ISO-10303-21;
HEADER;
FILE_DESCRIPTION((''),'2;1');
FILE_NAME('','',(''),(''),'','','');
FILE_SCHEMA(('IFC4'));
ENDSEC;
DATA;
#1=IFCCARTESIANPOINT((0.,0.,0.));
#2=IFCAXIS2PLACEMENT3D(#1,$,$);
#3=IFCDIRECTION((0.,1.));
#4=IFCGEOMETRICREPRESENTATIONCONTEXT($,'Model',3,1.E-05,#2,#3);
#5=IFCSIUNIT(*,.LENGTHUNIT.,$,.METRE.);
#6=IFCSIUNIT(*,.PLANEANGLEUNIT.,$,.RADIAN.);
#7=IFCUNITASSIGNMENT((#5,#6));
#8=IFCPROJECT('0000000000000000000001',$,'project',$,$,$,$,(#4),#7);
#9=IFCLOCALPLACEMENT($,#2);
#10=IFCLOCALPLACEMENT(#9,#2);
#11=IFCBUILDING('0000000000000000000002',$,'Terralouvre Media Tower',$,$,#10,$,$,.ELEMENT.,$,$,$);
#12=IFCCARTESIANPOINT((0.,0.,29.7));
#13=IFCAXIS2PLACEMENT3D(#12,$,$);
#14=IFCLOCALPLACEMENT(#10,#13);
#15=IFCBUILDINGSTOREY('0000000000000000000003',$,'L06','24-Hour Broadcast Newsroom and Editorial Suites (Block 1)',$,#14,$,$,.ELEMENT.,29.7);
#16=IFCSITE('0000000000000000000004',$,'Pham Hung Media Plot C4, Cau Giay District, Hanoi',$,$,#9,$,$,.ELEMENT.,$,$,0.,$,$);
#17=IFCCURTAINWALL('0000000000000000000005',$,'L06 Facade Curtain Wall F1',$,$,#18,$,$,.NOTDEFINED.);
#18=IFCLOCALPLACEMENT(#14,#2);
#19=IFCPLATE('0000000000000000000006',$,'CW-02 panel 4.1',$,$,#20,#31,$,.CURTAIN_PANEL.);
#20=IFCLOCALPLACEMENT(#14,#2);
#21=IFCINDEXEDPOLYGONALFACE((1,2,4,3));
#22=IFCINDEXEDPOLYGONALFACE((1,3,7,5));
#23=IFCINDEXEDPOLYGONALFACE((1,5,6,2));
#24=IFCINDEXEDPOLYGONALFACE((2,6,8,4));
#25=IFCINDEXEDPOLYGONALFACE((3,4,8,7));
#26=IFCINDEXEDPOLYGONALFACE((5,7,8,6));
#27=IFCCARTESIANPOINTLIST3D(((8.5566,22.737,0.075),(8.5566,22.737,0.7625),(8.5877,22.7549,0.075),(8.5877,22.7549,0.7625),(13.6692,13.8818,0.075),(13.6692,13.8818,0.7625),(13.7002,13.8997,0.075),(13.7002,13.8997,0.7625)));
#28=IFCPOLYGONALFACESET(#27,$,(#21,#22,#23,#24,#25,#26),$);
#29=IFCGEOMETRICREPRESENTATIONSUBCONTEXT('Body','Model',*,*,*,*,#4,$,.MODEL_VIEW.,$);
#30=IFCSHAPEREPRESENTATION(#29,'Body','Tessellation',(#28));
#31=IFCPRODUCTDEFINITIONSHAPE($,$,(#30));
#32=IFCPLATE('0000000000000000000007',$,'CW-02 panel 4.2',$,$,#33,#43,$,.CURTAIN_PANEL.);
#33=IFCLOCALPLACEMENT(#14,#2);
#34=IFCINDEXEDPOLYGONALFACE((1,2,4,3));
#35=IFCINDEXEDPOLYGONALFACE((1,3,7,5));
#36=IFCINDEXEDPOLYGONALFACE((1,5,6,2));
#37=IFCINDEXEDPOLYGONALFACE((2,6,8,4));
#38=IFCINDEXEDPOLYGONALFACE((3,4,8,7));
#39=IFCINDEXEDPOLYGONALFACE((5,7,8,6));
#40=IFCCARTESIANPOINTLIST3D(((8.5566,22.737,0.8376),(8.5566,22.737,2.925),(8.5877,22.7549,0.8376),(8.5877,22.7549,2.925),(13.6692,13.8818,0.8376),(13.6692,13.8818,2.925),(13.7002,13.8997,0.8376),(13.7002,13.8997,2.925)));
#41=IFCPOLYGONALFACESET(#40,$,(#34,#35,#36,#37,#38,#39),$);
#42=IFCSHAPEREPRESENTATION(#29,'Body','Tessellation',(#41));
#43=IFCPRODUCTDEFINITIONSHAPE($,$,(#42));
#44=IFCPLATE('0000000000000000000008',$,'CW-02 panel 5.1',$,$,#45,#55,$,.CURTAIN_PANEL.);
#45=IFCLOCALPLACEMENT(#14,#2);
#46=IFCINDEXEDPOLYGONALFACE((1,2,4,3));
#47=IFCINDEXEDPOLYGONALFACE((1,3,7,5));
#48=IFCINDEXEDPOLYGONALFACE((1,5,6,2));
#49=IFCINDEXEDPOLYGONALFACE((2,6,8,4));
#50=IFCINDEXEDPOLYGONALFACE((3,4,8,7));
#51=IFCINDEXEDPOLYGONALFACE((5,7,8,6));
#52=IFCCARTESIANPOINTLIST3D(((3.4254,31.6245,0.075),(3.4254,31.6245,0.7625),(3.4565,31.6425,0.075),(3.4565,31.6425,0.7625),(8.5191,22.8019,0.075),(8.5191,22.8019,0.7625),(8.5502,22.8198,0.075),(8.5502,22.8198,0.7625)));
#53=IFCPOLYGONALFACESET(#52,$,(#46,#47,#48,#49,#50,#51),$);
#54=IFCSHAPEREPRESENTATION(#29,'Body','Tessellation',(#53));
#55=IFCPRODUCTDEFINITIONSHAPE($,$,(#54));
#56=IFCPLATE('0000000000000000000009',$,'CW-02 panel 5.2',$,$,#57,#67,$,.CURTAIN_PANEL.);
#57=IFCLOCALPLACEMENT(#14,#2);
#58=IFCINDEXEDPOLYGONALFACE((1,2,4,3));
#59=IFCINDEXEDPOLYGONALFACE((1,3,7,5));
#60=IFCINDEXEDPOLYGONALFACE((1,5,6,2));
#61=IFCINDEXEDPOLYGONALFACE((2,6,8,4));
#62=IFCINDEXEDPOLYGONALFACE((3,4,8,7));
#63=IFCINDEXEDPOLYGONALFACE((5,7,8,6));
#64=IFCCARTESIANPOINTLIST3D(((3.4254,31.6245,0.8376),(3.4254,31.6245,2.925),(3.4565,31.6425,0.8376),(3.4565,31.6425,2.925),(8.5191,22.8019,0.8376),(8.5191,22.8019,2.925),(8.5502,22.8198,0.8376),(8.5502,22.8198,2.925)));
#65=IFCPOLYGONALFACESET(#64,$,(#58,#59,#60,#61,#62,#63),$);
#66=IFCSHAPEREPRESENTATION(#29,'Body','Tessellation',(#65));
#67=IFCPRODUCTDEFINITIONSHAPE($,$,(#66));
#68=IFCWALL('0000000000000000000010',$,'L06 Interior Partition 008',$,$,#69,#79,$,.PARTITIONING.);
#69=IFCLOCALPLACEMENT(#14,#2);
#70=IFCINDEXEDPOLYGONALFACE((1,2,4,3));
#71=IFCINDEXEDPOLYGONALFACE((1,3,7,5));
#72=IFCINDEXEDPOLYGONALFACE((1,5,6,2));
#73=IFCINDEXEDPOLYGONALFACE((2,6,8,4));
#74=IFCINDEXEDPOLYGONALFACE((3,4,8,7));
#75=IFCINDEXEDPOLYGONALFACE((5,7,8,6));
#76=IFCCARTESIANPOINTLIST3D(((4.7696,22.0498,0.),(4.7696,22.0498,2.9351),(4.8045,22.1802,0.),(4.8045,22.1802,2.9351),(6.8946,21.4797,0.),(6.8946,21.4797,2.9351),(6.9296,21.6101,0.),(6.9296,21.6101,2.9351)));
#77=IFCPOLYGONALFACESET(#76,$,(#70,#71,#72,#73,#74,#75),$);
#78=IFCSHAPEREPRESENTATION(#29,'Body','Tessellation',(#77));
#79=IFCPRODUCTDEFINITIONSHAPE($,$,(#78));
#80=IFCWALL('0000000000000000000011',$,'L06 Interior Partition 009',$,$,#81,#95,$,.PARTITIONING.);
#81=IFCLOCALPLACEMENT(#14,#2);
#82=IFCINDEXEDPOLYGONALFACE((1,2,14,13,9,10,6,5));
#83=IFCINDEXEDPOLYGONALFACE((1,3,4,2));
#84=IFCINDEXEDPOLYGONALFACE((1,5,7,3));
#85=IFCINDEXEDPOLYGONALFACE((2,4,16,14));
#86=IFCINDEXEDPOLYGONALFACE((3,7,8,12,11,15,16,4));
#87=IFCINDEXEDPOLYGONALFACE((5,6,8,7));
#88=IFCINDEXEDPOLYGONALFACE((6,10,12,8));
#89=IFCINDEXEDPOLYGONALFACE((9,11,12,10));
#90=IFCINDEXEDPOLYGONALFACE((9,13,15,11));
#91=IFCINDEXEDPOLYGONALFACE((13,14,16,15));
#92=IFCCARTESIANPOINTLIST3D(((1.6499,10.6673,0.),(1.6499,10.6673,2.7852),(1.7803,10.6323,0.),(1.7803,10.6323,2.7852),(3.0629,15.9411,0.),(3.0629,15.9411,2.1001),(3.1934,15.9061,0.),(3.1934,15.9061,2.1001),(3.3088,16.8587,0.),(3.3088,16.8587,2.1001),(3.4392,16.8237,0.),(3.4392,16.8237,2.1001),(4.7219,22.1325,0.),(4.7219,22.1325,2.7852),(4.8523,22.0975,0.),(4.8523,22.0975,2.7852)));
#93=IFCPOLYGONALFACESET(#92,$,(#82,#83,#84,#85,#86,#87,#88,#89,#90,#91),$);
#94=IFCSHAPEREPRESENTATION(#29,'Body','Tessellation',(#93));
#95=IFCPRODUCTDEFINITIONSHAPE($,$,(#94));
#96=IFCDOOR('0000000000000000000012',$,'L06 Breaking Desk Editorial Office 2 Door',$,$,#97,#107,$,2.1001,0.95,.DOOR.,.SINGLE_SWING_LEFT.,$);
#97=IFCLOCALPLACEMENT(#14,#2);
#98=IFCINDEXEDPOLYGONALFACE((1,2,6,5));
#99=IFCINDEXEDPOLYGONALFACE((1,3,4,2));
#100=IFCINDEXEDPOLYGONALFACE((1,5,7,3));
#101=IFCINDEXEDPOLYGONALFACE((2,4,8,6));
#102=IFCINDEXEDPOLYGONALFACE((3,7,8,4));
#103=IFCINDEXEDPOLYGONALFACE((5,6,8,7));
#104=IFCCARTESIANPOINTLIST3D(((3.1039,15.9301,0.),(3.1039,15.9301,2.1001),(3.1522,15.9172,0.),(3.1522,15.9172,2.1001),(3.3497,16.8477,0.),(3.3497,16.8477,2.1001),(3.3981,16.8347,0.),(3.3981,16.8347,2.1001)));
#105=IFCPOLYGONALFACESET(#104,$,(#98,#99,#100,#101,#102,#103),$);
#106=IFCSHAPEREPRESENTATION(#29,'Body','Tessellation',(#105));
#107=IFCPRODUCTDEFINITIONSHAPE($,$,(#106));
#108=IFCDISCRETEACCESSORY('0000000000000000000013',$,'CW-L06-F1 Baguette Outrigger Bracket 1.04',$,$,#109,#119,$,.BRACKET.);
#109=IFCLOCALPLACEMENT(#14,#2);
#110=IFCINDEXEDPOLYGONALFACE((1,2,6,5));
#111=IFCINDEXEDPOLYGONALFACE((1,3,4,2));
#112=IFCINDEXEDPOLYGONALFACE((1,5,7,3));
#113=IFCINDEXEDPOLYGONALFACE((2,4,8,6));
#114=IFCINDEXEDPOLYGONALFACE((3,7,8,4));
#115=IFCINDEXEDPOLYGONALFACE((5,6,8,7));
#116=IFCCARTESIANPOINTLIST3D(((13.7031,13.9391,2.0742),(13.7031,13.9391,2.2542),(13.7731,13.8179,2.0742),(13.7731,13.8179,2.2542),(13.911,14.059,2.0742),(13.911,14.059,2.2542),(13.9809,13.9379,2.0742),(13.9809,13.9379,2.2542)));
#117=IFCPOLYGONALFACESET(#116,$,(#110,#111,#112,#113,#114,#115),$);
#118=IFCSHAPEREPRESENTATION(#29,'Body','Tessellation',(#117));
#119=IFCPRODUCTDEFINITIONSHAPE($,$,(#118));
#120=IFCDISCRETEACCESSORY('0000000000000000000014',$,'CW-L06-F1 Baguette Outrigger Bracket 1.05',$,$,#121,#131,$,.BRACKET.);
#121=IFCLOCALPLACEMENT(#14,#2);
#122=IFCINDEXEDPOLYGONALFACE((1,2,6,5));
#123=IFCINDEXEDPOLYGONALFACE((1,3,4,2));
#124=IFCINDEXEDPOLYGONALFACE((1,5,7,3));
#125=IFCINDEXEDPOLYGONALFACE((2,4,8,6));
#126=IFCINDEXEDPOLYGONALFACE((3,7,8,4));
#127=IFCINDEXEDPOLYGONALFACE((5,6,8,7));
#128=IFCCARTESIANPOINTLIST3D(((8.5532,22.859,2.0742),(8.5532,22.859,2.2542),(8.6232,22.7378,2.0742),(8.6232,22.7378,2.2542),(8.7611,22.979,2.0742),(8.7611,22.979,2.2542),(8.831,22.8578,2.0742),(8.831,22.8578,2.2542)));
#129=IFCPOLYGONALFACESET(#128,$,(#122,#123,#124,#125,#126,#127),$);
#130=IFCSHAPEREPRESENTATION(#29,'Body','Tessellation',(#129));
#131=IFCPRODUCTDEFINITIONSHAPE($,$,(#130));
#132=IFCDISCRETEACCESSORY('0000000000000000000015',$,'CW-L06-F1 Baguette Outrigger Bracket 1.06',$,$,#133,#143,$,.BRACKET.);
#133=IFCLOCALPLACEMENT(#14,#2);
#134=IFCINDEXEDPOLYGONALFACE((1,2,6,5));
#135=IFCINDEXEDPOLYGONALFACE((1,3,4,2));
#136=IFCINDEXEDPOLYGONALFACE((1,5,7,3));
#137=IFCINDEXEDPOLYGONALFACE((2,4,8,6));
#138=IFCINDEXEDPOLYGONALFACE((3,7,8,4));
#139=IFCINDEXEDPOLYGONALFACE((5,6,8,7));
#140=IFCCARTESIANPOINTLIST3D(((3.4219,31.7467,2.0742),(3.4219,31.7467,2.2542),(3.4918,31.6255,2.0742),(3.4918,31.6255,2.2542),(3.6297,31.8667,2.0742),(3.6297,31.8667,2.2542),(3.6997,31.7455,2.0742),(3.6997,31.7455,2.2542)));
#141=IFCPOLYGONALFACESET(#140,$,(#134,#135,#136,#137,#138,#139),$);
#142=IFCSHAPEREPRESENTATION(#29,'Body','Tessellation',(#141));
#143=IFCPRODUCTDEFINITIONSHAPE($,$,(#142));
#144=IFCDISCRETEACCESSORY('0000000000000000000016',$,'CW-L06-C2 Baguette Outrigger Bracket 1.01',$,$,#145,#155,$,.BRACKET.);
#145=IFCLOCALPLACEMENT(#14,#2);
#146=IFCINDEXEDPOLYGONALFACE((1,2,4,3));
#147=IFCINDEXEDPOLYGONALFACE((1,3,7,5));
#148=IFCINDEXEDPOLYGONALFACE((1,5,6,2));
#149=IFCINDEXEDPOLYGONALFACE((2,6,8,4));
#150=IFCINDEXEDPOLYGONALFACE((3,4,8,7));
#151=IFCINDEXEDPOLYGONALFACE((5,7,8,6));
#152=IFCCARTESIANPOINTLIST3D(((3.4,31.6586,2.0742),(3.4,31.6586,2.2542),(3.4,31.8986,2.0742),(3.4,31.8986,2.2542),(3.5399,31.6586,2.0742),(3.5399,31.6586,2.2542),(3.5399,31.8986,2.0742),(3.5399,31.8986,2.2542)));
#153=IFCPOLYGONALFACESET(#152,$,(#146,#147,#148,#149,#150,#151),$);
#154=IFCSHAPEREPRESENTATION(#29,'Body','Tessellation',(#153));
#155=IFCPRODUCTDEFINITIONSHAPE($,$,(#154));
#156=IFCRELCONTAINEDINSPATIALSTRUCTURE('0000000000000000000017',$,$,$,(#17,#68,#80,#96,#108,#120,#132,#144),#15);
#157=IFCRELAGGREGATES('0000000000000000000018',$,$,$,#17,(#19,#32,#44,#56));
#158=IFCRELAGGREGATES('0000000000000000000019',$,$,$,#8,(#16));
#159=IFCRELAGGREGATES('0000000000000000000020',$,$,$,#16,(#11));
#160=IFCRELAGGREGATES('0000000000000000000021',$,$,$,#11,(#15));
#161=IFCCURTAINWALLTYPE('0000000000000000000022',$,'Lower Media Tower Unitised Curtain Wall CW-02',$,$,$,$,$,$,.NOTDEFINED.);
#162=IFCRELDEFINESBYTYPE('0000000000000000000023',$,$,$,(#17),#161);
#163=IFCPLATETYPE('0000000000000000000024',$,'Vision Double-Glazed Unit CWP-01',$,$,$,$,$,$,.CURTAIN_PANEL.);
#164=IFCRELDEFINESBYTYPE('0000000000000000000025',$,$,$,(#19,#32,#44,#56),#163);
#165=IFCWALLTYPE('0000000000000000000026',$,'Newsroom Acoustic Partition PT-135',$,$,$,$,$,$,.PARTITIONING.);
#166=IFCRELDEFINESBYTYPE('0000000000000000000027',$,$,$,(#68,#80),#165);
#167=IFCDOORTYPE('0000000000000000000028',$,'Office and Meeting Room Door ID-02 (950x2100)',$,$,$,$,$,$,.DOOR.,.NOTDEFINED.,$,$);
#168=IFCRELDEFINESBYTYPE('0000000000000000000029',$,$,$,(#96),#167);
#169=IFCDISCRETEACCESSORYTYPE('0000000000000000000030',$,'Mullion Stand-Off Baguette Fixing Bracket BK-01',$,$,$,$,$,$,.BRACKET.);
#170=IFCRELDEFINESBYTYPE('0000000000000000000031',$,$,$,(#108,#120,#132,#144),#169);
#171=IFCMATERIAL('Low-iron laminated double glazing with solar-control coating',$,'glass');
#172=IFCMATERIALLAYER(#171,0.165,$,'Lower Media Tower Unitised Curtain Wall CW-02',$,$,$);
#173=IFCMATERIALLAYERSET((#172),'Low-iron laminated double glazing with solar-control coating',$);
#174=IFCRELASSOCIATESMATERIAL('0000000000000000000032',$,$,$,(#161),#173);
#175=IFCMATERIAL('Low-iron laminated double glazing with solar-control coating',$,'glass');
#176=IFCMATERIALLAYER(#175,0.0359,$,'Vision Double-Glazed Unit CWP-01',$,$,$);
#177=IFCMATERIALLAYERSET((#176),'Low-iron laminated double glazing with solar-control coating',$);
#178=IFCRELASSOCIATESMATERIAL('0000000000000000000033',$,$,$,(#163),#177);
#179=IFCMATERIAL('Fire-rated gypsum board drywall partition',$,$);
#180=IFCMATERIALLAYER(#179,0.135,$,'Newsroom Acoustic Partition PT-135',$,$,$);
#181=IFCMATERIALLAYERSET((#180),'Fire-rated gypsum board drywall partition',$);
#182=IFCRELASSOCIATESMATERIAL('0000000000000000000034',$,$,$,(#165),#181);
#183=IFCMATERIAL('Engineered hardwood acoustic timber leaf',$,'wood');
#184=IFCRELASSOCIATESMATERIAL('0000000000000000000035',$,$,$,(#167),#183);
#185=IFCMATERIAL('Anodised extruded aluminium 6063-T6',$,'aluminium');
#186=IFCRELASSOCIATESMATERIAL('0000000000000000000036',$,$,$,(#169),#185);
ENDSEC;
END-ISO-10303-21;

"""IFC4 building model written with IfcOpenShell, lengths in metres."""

from ifc_helpers import new_model, si_unit, direction, frame, frame_2d, origin, origin_2d, place, context, subcontext, project, spatial, rectangle, extrude, material, layer, layer_set, type_object, element, fill, aggregate, save


model = new_model("IFC4")

# Units and contexts
model_context = context("Model", 3, precision=1e-05, world=origin(), true_north=direction((0.0, 1.0)))
body_context = subcontext(model_context, "Body", "Model", "MODEL_VIEW")
ifc_project = project(units=[si_unit("LENGTHUNIT", "METRE"), si_unit("PLANEANGLEUNIT", "RADIAN")], contexts=[model_context])

# Site, building, storey
site_placement = place(None, origin())
site = spatial("IfcSite", under=ifc_project, at=site_placement, Name="Pham Hung Media Plot C4, Cau Giay District, Hanoi", CompositionType="ELEMENT", RefElevation=0.0)
building_placement = place(site_placement, origin())
building = spatial("IfcBuilding", under=site, at=building_placement, Name="Terralouvre Media Tower", CompositionType="ELEMENT")
storey_placement = place(building_placement, frame((0.0, 0.0, 29.7)))
storey = spatial("IfcBuildingStorey", under=building, at=storey_placement, Name="L06", Description="24-Hour Broadcast Newsroom and Editorial Suites (Block 1)", CompositionType="ELEMENT", Elevation=29.7)

# Curtain wall
ifc_material_1 = material(Name="Low-iron laminated double glazing with solar-control coating", Category="glass")
ifc_layer_1 = layer(ifc_material_1, 0.165, Name="Lower Media Tower Unitised Curtain Wall CW-02")
ifc_layer_set_1 = layer_set([ifc_layer_1], Name="Low-iron laminated double glazing with solar-control coating")
curtain_wall_type_1 = type_object("IfcCurtainWallType", Name="Lower Media Tower Unitised Curtain Wall CW-02", PredefinedType="NOTDEFINED", material=ifc_layer_set_1)
curtain_wall_1_placement = place(storey_placement, origin())
curtain_wall_1 = element("IfcCurtainWall", 1, at=curtain_wall_1_placement, inside=storey, type_object=curtain_wall_type_1, Name="L06 Facade Curtain Wall F1", PredefinedType="NOTDEFINED")

# Plates
ifc_material_2 = material(Name="Low-iron laminated double glazing with solar-control coating", Category="glass")
ifc_layer_2 = layer(ifc_material_2, 0.0359, Name="Vision Double-Glazed Unit CWP-01")
ifc_layer_set_2 = layer_set([ifc_layer_2], Name="Low-iron laminated double glazing with solar-control coating")
plate_type = type_object("IfcPlateType", Name="Vision Double-Glazed Unit CWP-01", PredefinedType="CURTAIN_PANEL", material=ifc_layer_set_2)
plate_1_placement = place(storey_placement, frame((11.1284, 18.3184, 0.075), z_axis=(0.0, 0.0, 1.0), x_axis=(-0.5, 0.866025, 0.0)))
plate_1 = element("IfcPlate", 2, at=plate_1_placement, type_object=plate_type, Name="CW-02 panel 4.1", PredefinedType="CURTAIN_PANEL", context=body_context, shape_type="SweptSolid", body=[
    extrude(rectangle(XDim=10.2251, YDim=0.0359, at=origin_2d()), origin(), (0.0, 0.0, 1.0), 0.6875),
])
plate_2_placement = place(storey_placement, frame((11.1284, 18.3184, 0.8376), z_axis=(0.0, 0.0, 1.0), x_axis=(-0.5, 0.866025, 0.0)))
plate_2 = element("IfcPlate", 3, at=plate_2_placement, type_object=plate_type, Name="CW-02 panel 4.2", PredefinedType="CURTAIN_PANEL", context=body_context, shape_type="SweptSolid", body=[
    extrude(rectangle(XDim=10.2251, YDim=0.0359, at=origin_2d()), origin(), (0.0, 0.0, 1.0), 2.0874),
])
plate_3_placement = place(storey_placement, frame((5.9878, 27.2222, 0.075), z_axis=(0.0, 0.0, 1.0), x_axis=(-0.5, 0.866025, 0.0)))
plate_3 = element("IfcPlate", 4, at=plate_3_placement, type_object=plate_type, Name="CW-02 panel 5.1", PredefinedType="CURTAIN_PANEL", context=body_context, shape_type="SweptSolid", body=[
    extrude(rectangle(XDim=10.1875, YDim=0.0359, at=origin_2d()), origin(), (0.0, 0.0, 1.0), 0.6875),
])
plate_4_placement = place(storey_placement, frame((5.9878, 27.2222, 0.8376), z_axis=(0.0, 0.0, 1.0), x_axis=(-0.5, 0.866025, 0.0)))
plate_4 = element("IfcPlate", 5, at=plate_4_placement, type_object=plate_type, Name="CW-02 panel 5.2", PredefinedType="CURTAIN_PANEL", context=body_context, shape_type="SweptSolid", body=[
    extrude(rectangle(XDim=10.1875, YDim=0.0359, at=origin_2d()), origin(), (0.0, 0.0, 1.0), 2.0874),
])
aggregate(curtain_wall_1, [plate_1, plate_2, plate_3, plate_4])

# Wall
ifc_material_3 = material(Name="Fire-rated gypsum board drywall partition")
ifc_layer_3 = layer(ifc_material_3, 0.135, Name="Newsroom Acoustic Partition PT-135")
ifc_layer_set_3 = layer_set([ifc_layer_3], Name="Fire-rated gypsum board drywall partition")
wall_type = type_object("IfcWallType", Name="Newsroom Acoustic Partition PT-135", PredefinedType="PARTITIONING", material=ifc_layer_set_3)
wall_1_placement = place(storey_placement, frame((6.9121, 21.5449, 0.0), z_axis=(0.0, 0.0, 1.0), x_axis=(-0.965849, 0.259106, 0.0)))
element("IfcWall", 6, at=wall_1_placement, inside=storey, type_object=wall_type, Name="L06 Interior Partition 008", PredefinedType="PARTITIONING", context=body_context, shape_type="SweptSolid", body=[
    extrude(rectangle(XDim=2.2002, YDim=0.135, at=frame_2d((1.1001, 0.0))), origin(), (0.0, 0.0, 1.0), 2.9351),
])

# Wall, opening, door
wall_2_placement = place(storey_placement, frame((4.7871, 22.115, 0.0), z_axis=(0.0, 0.0, 1.0), x_axis=(-0.258816, -0.965927, 0.0)))
wall_2 = element("IfcWall", 7, at=wall_2_placement, inside=storey, type_object=wall_type, Name="L06 Interior Partition 009", PredefinedType="PARTITIONING", context=body_context, shape_type="SweptSolid", body=[
    extrude(rectangle(XDim=11.8696, YDim=0.135, at=frame_2d((5.9348, 0.0))), origin(), (0.0, 0.0, 1.0), 2.7852),
])
opening_placement = place(wall_2_placement, frame((5.4597, 0.0, 0.0)))
opening = element("IfcOpeningElement", 8, at=opening_placement, cuts=wall_2, PredefinedType="OPENING", context=body_context, shape_type="SweptSolid", body=[
    extrude(rectangle(XDim=0.95, YDim=2.1001, at=frame_2d((0.4751, 1.05))), frame((0.0, 0.0774, 0.0), z_axis=(0.0, -1.0, 0.0), x_axis=(1.0, 0.0, 0.0)), (0.0, 0.0, 1.0), 0.155),
])
ifc_material_4 = material(Name="Engineered hardwood acoustic timber leaf", Category="wood")
door_type = type_object("IfcDoorType", Name="Office and Meeting Room Door ID-02 (950x2100)", OperationType="NOTDEFINED", PredefinedType="DOOR", material=ifc_material_4)
door_placement = place(opening_placement, origin())
door = element("IfcDoor", 9, at=door_placement, inside=storey, type_object=door_type, Name="L06 Breaking Desk Editorial Office 2 Door", OperationType="SINGLE_SWING_LEFT", OverallHeight=2.1001, OverallWidth=0.95, PredefinedType="DOOR", context=body_context, shape_type="SweptSolid", body=[
    extrude(rectangle(XDim=0.95, YDim=2.1001, at=frame_2d((0.4751, 1.05))), frame((0.0, 0.0249, 0.0), z_axis=(0.0, -1.0, 0.0), x_axis=(1.0, 0.0, 0.0)), (0.0, 0.0, 1.0), 0.05),
])
fill(opening, door)

# Discrete accessories
ifc_material_5 = material(Name="Anodised extruded aluminium 6063-T6", Category="aluminium")
discrete_accessory_type = type_object("IfcDiscreteAccessoryType", Name="Mullion Stand-Off Baguette Fixing Bracket BK-01", PredefinedType="BRACKET", material=ifc_material_5)
for number, where, z_axis, x_axis, name in (
    (10, (13.842, 13.9385, 2.0742), (0.0, 0.0, 1.0), (-0.5, 0.866025, 0.0), "CW-L06-F1 Baguette Outrigger Bracket 1.04"),
    (11, (8.6921, 22.8584, 2.0742), (0.0, 0.0, 1.0), (-0.5, 0.866025, 0.0), "CW-L06-F1 Baguette Outrigger Bracket 1.05"),
    (12, (3.5608, 31.7461, 2.0742), (0.0, 0.0, 1.0), (-0.5, 0.866025, 0.0), "CW-L06-F1 Baguette Outrigger Bracket 1.06"),
    (13, (3.47, 31.7786, 2.0742), (0.0, 0.0, 1.0), (-1.0, 0.0, 0.0), "CW-L06-C2 Baguette Outrigger Bracket 1.01"),
):
    element("IfcDiscreteAccessory", number, at=place(storey_placement, frame(where, z_axis=z_axis, x_axis=x_axis)), inside=storey, type_object=discrete_accessory_type, Name=name, PredefinedType="BRACKET", context=body_context, shape_type="SweptSolid", body=[
        extrude(rectangle(XDim=0.1399, YDim=0.24, at=origin_2d()), origin(), (0.0, 0.0, 1.0), 0.1799),
    ])

save(model, "model.ifc")
